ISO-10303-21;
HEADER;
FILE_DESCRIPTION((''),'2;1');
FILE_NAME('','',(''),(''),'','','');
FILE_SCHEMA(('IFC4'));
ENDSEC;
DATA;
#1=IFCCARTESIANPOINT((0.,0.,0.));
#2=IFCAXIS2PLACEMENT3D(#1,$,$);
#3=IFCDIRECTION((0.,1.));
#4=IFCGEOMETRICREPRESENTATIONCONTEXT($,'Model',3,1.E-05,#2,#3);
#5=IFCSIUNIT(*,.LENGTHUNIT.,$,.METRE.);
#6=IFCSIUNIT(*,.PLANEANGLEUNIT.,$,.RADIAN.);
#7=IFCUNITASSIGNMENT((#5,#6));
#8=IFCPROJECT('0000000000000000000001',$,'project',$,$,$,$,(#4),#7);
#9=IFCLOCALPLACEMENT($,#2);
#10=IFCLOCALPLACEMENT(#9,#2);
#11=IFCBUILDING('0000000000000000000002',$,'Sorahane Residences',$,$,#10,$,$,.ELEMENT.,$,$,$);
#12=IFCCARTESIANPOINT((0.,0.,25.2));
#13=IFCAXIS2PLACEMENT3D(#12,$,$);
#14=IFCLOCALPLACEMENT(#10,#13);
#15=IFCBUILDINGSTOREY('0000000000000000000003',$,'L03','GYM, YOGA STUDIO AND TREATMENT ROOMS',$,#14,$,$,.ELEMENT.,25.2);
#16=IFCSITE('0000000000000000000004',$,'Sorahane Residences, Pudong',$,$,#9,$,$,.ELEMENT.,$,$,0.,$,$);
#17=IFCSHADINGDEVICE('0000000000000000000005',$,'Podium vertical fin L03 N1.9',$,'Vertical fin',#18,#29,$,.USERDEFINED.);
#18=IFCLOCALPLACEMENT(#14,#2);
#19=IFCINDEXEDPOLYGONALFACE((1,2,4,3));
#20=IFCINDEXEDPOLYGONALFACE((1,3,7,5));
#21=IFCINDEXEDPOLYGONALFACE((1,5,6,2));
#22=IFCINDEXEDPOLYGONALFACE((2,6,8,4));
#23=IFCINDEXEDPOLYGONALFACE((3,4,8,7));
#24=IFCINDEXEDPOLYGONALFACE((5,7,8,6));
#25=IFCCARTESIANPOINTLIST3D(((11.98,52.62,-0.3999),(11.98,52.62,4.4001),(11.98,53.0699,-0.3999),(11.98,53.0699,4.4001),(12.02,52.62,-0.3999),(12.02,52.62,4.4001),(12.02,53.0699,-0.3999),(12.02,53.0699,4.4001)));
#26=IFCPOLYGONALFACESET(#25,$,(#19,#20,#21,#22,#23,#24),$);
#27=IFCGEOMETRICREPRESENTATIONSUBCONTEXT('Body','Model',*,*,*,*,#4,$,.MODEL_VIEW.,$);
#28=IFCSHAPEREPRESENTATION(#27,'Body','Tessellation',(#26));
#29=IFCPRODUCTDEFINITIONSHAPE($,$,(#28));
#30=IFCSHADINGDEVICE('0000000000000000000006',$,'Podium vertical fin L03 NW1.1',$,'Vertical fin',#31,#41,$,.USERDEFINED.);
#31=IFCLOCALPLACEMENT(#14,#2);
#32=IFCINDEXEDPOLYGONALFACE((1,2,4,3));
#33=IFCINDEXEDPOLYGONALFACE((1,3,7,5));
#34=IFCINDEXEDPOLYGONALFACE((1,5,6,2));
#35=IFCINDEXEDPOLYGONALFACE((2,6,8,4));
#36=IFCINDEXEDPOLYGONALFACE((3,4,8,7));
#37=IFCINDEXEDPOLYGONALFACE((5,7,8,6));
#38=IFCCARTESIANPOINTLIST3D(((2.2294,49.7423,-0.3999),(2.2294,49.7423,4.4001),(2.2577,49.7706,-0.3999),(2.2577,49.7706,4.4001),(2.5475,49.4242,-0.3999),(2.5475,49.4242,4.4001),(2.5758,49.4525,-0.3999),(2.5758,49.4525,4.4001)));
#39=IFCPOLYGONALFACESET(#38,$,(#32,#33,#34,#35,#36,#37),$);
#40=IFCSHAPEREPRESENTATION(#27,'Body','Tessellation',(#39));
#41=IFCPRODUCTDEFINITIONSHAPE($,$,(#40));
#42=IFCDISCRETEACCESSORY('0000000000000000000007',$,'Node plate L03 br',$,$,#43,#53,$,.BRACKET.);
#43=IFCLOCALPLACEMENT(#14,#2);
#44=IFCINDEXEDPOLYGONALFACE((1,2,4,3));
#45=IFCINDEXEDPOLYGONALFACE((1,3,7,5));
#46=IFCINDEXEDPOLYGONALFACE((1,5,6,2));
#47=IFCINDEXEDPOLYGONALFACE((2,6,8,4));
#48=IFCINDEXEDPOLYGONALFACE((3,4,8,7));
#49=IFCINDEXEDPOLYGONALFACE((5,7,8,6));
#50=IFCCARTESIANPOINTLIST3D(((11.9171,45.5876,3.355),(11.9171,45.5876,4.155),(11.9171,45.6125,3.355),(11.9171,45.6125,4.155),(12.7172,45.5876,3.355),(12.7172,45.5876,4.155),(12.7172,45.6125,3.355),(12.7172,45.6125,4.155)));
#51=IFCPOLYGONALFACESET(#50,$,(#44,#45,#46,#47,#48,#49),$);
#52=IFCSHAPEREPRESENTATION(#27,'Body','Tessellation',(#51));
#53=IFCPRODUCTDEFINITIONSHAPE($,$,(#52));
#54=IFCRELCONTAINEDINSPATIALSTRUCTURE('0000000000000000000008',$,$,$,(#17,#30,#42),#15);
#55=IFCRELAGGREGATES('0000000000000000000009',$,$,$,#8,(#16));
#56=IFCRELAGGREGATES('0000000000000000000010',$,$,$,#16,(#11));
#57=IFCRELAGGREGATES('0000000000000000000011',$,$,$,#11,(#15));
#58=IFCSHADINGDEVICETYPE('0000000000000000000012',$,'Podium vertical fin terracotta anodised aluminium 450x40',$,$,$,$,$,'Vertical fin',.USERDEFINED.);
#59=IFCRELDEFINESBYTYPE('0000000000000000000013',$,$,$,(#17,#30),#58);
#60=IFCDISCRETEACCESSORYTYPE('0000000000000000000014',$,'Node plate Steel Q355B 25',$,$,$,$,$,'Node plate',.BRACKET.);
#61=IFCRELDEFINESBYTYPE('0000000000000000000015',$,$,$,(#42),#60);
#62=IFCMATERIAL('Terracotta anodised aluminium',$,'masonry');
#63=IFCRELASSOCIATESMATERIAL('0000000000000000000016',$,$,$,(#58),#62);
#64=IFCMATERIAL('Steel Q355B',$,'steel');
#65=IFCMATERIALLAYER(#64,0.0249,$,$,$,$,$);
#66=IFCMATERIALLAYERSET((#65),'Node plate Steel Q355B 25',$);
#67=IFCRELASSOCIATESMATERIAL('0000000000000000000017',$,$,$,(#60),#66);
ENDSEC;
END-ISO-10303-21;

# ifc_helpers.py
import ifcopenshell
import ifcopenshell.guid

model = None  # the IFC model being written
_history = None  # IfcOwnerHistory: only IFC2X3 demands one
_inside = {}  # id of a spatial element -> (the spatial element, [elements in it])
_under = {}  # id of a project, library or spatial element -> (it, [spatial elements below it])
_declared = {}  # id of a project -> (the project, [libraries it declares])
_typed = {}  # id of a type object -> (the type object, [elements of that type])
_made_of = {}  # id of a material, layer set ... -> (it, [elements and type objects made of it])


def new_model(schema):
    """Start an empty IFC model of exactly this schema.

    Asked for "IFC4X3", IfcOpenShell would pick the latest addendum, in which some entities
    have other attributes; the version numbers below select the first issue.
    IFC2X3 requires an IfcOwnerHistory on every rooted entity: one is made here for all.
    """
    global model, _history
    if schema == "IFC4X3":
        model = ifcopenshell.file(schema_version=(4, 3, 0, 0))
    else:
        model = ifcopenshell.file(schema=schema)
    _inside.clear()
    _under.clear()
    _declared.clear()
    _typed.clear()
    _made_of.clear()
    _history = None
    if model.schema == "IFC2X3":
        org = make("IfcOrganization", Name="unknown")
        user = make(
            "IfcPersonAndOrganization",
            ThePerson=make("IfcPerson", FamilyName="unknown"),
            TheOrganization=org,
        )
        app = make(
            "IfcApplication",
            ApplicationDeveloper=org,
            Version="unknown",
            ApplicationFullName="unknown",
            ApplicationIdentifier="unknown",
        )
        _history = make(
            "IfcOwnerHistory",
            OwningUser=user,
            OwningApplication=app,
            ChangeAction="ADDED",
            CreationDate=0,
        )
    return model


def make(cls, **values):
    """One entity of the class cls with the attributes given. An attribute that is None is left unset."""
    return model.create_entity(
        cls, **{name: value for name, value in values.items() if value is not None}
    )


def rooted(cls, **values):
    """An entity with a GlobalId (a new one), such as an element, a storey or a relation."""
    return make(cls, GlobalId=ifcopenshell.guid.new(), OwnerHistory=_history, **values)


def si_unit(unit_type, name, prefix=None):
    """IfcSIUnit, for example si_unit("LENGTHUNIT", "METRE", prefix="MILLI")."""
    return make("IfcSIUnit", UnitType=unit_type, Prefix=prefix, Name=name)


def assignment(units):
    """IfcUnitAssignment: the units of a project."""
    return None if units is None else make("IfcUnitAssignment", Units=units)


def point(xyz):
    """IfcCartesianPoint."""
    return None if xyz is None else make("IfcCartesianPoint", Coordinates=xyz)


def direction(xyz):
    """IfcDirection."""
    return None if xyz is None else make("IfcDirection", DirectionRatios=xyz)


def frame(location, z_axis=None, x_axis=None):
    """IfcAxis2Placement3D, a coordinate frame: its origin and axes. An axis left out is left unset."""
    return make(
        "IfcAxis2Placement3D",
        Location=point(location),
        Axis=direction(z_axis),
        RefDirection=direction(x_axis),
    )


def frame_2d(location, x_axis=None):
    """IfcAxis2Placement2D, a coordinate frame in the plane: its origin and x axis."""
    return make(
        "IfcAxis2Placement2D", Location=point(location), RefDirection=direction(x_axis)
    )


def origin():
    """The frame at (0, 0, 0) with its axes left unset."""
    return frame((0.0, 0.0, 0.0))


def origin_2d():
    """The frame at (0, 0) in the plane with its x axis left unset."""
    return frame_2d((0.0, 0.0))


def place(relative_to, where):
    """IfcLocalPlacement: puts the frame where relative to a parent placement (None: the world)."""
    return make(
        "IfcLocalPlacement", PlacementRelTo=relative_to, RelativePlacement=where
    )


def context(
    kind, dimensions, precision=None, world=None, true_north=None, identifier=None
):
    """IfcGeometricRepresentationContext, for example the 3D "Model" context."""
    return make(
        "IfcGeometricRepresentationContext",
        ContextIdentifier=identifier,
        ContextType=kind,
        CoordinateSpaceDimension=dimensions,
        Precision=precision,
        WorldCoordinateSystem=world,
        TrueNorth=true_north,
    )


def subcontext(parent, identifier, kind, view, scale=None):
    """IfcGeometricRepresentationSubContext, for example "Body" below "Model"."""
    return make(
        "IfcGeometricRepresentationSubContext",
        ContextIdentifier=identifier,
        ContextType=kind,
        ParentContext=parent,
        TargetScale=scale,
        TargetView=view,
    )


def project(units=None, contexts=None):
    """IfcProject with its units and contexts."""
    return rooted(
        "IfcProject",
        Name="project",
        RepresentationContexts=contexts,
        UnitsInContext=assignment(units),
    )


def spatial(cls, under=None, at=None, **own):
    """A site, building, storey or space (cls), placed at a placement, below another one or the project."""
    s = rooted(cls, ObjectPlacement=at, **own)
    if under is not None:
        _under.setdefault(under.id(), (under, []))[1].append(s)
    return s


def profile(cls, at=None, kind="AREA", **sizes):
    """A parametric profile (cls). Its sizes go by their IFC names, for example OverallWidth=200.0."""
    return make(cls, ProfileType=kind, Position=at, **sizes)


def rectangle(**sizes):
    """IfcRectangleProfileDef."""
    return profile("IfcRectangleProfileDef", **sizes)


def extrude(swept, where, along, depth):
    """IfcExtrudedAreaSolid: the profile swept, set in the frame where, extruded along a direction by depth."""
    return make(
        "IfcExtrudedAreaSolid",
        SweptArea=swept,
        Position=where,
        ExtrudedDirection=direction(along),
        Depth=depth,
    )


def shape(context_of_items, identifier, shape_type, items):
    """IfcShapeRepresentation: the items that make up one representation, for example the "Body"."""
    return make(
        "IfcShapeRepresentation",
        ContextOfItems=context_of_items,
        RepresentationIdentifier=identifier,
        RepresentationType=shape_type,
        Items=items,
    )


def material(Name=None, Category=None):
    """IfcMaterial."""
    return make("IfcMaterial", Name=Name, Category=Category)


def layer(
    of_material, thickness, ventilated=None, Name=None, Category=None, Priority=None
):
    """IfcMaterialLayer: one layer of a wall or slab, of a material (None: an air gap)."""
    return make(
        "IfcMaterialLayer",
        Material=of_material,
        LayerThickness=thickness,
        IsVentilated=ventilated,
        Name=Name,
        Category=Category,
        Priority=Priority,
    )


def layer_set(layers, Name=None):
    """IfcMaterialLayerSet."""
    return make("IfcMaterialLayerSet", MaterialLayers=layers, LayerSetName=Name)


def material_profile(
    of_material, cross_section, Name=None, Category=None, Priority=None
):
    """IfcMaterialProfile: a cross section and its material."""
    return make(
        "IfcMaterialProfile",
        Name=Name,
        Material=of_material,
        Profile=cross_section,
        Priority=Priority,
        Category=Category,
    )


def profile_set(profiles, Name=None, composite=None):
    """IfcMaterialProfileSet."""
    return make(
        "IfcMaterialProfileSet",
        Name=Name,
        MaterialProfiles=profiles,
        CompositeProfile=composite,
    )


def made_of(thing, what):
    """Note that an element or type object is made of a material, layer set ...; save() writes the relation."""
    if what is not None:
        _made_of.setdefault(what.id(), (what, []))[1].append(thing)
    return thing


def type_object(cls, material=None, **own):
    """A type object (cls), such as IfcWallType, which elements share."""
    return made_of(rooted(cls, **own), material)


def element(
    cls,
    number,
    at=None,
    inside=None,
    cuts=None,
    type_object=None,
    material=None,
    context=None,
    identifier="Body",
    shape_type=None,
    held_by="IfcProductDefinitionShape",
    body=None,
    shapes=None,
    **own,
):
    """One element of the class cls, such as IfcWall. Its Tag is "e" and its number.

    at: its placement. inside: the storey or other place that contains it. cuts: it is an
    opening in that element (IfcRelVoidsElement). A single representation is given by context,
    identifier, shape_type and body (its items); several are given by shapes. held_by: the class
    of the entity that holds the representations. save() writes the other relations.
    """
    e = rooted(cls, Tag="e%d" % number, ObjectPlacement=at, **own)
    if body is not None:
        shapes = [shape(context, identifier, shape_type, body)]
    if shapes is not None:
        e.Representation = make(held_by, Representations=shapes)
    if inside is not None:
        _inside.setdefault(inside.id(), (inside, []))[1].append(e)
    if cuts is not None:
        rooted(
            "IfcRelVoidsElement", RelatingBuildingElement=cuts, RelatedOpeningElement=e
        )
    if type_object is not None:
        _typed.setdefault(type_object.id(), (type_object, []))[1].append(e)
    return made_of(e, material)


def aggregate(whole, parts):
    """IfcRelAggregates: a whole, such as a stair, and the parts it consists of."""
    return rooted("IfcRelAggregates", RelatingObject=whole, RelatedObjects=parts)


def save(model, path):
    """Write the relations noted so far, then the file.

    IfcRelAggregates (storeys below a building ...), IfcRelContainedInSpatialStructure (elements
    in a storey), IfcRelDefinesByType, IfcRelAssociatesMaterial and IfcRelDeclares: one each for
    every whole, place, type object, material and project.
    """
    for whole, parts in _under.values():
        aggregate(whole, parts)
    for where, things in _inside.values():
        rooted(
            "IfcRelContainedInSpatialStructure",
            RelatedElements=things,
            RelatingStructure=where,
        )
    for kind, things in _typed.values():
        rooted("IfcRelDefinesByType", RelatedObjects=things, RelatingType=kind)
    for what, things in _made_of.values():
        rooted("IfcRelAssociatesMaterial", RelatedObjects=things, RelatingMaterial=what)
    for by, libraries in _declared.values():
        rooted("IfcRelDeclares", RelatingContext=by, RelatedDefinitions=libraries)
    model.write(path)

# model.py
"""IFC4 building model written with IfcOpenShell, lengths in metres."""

from ifc_helpers import new_model, si_unit, direction, frame, origin, origin_2d, place, context, subcontext, project, spatial, rectangle, extrude, material, layer, layer_set, material_profile, profile_set, type_object, element, save


model = new_model("IFC4")

# Units and contexts
model_context = context("Model", 3, precision=1e-05, world=origin(), true_north=direction((0.0, 1.0)))
body_context = subcontext(model_context, "Body", "Model", "MODEL_VIEW")
ifc_project = project(units=[si_unit("LENGTHUNIT", "METRE"), si_unit("PLANEANGLEUNIT", "RADIAN")], contexts=[model_context])

# Site, building, storey
site_placement = place(None, origin())
site = spatial("IfcSite", under=ifc_project, at=site_placement, Name="Sorahane Residences, Pudong", CompositionType="ELEMENT", RefElevation=0.0)
building_placement = place(site_placement, origin())
building = spatial("IfcBuilding", under=site, at=building_placement, Name="Sorahane Residences", CompositionType="ELEMENT")
storey_placement = place(building_placement, frame((0.0, 0.0, 25.2)))
storey = spatial("IfcBuildingStorey", under=building, at=storey_placement, Name="L03", Description="GYM, YOGA STUDIO AND TREATMENT ROOMS", CompositionType="ELEMENT", Elevation=25.2)

# Shading devices
ifc_material_1 = material(Name="Terracotta anodised aluminium", Category="masonry")
ifc_material_profile_1 = material_profile(ifc_material_1, rectangle(XDim=0.45, YDim=0.04, at=origin_2d()), Name="Podium vertical fin terracotta anodised aluminium 450x40")
ifc_profile_set_1 = profile_set([ifc_material_profile_1], Name="Terracotta anodised aluminium")
shading_device_type = type_object("IfcShadingDeviceType", Name="Podium vertical fin terracotta anodised aluminium 450x40", ElementType="Vertical fin", PredefinedType="USERDEFINED", material=ifc_profile_set_1)
for number, where, z_axis, x_axis, name in (
    (1, (12.0, 52.845, -0.3999), (0.0, 0.0, 1.0), (0.0, 1.0, 0.0), "Podium vertical fin L03 N1.9"),
    (2, (2.4026, 49.5974, -0.3999), (0.0, 0.0, 1.0), (-0.707107, 0.707107, 0.0), "Podium vertical fin L03 NW1.1"),
):
    element("IfcShadingDevice", number, at=place(storey_placement, frame(where, z_axis=z_axis, x_axis=x_axis)), inside=storey, type_object=shading_device_type, Name=name, ObjectType="Vertical fin", PredefinedType="USERDEFINED", context=body_context, shape_type="SweptSolid", body=[
        extrude(rectangle(XDim=0.45, YDim=0.04, at=origin_2d()), origin(), (0.0, 0.0, 1.0), 4.8),
    ])

# Discrete accessory
ifc_material_2 = material(Name="Steel Q355B", Category="steel")
ifc_layer_1 = layer(ifc_material_2, 0.0249)
ifc_layer_set_1 = layer_set([ifc_layer_1], Name="Node plate Steel Q355B 25")
discrete_accessory_type = type_object("IfcDiscreteAccessoryType", Name="Node plate Steel Q355B 25", ElementType="Node plate", PredefinedType="BRACKET", material=ifc_layer_set_1)
discrete_accessory_placement = place(storey_placement, frame((12.3171, 45.6001, 3.355), z_axis=(0.0, 0.0, 1.0), x_axis=(1.0, 0.0, 0.0)))
element("IfcDiscreteAccessory", 3, at=discrete_accessory_placement, inside=storey, type_object=discrete_accessory_type, Name="Node plate L03 br", PredefinedType="BRACKET", context=body_context, shape_type="SweptSolid", body=[
    extrude(rectangle(XDim=0.8, YDim=0.0249, at=origin_2d()), origin(), (0.0, 0.0, 1.0), 0.8),
])

save(model, "model.ifc")
